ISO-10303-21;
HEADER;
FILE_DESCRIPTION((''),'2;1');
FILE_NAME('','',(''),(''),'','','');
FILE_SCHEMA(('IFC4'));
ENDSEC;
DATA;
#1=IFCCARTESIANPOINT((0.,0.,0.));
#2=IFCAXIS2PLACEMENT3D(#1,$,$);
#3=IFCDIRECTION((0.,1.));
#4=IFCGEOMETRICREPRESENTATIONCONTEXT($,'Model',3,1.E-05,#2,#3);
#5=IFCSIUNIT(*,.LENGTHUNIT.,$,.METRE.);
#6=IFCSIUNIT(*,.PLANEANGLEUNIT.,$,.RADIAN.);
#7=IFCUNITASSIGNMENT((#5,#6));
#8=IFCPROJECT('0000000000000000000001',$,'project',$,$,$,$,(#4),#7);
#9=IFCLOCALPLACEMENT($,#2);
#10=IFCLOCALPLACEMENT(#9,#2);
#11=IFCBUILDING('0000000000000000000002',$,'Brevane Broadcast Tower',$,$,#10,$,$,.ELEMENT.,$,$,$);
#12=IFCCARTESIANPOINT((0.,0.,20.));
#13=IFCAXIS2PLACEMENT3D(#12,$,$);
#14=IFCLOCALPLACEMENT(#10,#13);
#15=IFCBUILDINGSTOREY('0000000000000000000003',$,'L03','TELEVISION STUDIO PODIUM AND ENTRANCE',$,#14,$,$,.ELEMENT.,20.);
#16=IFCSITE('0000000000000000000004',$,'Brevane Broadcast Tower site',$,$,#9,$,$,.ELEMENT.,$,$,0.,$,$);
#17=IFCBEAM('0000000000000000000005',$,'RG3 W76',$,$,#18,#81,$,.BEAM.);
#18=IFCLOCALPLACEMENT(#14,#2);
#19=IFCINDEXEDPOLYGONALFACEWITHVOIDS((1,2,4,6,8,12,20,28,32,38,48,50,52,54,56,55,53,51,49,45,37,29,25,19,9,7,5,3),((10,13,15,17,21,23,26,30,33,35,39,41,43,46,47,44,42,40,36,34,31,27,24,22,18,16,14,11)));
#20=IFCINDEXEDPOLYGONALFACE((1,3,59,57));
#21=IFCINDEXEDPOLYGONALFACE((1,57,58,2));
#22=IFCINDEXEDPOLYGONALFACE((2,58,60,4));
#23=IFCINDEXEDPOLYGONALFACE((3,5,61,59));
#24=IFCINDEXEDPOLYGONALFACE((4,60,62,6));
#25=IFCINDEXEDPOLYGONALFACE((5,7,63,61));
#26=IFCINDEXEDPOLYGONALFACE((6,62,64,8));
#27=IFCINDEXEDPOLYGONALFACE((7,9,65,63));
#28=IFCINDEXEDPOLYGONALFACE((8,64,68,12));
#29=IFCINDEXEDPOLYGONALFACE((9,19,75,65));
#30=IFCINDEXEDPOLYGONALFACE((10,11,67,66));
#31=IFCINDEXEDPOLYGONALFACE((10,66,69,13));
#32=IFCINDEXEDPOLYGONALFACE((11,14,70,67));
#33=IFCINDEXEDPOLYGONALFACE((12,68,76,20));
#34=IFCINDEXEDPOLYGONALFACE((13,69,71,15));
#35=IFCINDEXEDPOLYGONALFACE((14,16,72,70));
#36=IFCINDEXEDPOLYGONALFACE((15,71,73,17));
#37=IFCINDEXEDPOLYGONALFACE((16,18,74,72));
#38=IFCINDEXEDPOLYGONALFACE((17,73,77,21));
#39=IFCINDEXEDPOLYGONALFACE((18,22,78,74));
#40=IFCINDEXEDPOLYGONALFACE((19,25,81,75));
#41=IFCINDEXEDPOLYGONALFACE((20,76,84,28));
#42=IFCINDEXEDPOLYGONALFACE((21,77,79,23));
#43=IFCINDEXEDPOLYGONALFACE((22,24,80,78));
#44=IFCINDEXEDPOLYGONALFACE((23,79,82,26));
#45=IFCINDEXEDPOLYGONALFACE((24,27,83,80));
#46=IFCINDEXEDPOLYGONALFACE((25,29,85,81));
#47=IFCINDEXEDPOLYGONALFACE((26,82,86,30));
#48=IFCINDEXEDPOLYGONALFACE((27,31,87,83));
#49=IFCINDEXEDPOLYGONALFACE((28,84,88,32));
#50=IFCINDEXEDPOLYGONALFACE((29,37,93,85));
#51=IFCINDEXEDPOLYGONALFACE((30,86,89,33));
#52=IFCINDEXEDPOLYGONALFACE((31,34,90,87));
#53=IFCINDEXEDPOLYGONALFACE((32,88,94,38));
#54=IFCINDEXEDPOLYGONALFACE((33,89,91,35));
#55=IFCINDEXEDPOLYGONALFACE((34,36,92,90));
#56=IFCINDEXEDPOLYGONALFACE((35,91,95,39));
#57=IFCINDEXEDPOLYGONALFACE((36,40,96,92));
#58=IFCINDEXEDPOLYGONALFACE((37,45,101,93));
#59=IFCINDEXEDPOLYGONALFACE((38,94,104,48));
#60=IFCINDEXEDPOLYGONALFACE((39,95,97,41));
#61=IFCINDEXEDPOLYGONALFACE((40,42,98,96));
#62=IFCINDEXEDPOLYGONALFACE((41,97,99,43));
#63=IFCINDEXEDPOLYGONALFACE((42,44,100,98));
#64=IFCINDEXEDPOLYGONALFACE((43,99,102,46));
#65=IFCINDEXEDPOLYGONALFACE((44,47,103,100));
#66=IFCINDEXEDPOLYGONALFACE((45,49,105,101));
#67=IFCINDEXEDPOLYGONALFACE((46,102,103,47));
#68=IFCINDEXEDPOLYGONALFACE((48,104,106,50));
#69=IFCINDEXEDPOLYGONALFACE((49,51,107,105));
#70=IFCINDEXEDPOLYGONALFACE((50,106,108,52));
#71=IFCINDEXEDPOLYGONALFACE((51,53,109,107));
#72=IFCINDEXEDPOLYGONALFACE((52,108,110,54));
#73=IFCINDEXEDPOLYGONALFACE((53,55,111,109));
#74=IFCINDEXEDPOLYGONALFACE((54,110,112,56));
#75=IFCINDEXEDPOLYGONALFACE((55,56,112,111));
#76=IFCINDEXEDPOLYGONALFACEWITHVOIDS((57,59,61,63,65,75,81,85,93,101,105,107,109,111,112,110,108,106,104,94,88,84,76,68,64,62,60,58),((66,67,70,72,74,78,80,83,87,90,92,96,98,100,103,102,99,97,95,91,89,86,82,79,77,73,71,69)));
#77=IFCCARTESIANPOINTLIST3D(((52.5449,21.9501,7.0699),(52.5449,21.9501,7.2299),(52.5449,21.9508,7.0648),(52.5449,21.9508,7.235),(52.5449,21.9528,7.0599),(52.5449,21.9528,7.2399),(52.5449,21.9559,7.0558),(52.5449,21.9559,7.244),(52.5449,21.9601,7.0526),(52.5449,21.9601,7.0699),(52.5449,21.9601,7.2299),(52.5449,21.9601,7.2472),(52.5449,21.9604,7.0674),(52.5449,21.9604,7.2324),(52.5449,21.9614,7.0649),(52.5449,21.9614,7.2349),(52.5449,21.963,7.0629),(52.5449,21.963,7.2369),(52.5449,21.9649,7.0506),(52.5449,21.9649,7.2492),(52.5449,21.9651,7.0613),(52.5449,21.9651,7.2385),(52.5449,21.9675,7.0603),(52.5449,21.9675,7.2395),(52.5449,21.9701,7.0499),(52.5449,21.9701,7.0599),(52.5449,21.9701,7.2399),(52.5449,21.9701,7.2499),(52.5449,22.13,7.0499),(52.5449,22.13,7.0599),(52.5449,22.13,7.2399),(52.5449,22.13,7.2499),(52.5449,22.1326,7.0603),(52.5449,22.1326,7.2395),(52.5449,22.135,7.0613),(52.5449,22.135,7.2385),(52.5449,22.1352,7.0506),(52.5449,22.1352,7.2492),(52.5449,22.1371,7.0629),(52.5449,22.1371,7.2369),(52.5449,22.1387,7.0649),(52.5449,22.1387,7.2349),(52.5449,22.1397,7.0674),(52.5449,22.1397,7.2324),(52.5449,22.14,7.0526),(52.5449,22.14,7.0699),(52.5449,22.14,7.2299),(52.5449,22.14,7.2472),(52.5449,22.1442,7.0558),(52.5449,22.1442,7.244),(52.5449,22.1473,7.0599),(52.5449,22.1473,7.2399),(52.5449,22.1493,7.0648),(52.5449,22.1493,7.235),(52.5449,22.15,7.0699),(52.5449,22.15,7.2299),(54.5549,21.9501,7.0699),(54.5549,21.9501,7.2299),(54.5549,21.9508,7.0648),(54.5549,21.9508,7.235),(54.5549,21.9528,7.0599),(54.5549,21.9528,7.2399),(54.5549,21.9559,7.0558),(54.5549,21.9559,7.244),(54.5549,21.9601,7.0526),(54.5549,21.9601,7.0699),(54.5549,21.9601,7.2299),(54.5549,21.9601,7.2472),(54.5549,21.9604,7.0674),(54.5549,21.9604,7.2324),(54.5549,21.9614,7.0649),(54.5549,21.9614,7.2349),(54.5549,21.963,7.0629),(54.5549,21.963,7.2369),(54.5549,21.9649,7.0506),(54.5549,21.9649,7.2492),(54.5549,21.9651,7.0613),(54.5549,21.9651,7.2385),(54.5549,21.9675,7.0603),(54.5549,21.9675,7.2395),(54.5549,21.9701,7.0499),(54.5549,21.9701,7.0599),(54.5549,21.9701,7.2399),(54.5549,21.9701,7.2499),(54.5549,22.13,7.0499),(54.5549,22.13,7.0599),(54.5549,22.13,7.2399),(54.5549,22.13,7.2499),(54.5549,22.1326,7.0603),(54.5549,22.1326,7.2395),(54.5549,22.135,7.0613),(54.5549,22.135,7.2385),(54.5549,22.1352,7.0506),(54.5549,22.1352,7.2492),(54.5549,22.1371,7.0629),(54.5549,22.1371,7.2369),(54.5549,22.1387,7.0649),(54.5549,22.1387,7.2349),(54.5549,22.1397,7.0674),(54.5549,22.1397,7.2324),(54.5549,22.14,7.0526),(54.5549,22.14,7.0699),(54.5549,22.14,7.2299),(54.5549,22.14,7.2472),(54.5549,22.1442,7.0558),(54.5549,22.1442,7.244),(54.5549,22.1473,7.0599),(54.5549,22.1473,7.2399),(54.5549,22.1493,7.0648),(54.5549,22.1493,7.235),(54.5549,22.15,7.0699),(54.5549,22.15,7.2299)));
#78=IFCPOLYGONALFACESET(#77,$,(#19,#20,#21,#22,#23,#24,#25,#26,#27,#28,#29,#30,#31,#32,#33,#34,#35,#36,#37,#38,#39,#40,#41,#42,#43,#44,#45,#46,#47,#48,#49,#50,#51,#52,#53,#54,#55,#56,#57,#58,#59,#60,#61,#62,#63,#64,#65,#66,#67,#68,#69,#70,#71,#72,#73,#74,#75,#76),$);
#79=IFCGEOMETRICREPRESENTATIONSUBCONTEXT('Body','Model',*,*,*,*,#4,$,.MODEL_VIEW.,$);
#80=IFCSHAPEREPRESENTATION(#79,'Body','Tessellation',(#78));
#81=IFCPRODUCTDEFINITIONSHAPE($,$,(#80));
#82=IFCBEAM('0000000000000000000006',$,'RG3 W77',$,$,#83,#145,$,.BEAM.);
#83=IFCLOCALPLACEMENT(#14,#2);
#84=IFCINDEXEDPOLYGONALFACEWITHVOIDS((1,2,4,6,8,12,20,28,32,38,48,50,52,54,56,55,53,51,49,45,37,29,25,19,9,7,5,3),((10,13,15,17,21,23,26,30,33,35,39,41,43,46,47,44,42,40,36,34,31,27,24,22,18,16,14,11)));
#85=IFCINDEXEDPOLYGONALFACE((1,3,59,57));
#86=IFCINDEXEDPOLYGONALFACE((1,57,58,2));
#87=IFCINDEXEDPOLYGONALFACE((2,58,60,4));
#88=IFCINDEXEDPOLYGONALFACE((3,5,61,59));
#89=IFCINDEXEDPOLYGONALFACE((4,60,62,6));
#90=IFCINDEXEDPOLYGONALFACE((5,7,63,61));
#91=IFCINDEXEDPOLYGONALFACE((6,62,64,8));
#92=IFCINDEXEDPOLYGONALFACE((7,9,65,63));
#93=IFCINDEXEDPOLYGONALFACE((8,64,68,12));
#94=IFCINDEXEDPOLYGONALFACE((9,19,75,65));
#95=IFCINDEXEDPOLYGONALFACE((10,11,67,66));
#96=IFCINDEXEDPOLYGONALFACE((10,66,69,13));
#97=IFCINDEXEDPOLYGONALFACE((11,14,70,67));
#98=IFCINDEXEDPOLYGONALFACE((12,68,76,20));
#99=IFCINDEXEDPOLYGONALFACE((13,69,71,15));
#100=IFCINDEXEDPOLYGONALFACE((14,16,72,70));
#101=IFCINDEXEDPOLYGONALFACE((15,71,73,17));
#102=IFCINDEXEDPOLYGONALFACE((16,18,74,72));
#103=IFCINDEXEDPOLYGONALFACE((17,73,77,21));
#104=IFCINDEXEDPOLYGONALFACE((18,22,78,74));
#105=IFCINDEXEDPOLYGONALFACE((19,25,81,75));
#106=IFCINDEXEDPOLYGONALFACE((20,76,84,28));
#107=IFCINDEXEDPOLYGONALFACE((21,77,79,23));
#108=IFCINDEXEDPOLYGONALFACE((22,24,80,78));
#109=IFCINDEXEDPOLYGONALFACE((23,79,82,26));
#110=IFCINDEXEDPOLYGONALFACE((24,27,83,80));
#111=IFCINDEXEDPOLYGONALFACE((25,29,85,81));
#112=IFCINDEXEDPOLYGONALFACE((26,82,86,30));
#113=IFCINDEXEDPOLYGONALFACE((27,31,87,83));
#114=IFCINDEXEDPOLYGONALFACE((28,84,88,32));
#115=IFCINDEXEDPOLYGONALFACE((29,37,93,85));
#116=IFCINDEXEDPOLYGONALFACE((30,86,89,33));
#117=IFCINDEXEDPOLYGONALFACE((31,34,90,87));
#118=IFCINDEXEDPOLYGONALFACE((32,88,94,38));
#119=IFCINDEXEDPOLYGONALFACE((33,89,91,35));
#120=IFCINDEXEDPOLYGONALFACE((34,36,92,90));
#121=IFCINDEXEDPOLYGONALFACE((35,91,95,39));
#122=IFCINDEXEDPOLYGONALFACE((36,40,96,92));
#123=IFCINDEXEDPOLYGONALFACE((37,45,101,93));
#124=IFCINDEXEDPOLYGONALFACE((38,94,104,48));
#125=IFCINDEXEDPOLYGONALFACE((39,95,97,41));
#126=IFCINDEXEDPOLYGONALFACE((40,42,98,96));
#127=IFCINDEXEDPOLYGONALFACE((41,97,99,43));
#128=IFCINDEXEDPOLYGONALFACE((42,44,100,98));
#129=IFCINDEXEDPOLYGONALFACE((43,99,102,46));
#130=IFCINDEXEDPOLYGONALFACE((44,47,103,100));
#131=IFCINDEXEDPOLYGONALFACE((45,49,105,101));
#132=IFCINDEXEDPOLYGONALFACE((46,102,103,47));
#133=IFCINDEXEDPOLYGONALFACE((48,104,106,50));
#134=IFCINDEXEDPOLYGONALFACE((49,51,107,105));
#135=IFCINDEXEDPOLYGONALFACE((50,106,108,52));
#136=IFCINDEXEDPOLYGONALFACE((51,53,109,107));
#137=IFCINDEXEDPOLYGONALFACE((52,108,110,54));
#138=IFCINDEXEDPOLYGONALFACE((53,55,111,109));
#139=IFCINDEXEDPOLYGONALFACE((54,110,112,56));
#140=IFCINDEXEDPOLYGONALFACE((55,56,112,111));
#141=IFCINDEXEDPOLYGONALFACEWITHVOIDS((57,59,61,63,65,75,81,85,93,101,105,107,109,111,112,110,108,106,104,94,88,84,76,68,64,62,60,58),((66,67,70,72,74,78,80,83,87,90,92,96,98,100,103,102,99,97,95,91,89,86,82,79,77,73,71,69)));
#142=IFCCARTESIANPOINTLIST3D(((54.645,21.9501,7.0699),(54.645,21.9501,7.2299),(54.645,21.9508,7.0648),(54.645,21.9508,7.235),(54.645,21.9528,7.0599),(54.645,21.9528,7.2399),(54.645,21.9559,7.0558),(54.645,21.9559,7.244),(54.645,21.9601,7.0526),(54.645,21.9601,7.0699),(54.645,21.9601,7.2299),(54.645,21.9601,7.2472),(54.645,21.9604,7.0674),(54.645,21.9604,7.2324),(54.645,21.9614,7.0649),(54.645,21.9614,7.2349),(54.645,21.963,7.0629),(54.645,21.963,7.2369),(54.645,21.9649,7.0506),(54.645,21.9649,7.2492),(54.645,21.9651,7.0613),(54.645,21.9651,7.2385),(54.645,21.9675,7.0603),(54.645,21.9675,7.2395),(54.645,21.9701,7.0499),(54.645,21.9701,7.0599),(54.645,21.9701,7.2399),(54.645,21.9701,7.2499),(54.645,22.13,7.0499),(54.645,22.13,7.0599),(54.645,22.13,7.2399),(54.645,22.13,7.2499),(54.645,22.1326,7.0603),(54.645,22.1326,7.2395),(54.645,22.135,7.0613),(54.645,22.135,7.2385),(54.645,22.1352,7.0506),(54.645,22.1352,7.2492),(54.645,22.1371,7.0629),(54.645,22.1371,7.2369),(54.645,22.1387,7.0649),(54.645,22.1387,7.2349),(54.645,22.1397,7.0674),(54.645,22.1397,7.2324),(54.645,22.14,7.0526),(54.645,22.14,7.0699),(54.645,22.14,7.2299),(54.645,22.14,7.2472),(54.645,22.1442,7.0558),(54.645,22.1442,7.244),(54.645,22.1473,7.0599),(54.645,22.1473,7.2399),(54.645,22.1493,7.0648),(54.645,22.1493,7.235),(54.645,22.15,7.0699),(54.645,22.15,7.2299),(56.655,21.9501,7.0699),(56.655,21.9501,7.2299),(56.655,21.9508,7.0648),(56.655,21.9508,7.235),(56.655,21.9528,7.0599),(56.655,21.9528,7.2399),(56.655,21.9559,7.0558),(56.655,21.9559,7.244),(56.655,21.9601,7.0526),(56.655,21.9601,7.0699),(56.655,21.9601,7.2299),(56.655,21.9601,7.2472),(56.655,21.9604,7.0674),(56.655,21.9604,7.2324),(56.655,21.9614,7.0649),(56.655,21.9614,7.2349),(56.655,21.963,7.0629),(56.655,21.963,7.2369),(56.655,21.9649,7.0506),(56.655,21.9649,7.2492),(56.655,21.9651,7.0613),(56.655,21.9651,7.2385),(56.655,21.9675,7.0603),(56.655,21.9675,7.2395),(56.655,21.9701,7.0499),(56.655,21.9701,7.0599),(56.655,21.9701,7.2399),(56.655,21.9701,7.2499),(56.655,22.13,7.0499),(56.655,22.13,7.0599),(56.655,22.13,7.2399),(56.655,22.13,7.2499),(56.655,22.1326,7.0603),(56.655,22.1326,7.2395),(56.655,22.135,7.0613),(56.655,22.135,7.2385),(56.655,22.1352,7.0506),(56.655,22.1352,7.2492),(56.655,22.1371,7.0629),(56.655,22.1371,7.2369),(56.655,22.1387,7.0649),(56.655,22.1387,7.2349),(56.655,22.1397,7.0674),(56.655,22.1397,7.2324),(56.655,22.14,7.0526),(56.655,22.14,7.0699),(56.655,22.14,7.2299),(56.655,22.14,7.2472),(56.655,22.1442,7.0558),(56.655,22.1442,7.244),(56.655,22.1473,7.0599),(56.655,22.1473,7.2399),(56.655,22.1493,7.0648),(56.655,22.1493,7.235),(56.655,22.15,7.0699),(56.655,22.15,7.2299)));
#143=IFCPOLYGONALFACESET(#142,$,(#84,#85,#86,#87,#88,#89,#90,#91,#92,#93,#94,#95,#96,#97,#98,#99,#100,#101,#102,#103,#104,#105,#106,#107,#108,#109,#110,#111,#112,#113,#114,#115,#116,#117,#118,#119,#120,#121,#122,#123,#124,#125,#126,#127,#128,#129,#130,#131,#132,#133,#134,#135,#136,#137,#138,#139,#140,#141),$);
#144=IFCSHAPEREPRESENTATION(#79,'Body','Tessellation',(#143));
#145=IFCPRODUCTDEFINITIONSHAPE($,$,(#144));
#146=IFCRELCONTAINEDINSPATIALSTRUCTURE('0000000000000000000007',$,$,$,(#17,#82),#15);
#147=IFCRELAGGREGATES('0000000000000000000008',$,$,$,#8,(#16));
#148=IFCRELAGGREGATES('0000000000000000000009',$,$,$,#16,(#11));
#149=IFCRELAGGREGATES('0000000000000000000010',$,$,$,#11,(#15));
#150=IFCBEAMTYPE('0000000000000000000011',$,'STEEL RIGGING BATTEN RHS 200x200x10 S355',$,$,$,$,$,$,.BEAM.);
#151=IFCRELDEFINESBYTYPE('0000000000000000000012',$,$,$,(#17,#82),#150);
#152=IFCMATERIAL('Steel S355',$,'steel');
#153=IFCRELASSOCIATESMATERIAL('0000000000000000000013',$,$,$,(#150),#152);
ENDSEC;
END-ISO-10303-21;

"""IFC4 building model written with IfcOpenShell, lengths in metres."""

from ifc_helpers import new_model, si_unit, direction, frame, origin, origin_2d, place, context, subcontext, project, spatial, hollow_rectangle, extrude, material, material_profile, profile_set, type_object, element, save


model = new_model("IFC4")

# Units and contexts
model_context = context("Model", 3, precision=1e-05, world=origin(), true_north=direction((0.0, 1.0)))
body_context = subcontext(model_context, "Body", "Model", "MODEL_VIEW")
ifc_project = project(units=[si_unit("LENGTHUNIT", "METRE"), si_unit("PLANEANGLEUNIT", "RADIAN")], contexts=[model_context])

# Site, building, storey
site_placement = place(None, origin())
site = spatial("IfcSite", under=ifc_project, at=site_placement, Name="Brevane Broadcast Tower site", CompositionType="ELEMENT", RefElevation=0.0)
building_placement = place(site_placement, origin())
building = spatial("IfcBuilding", under=site, at=building_placement, Name="Brevane Broadcast Tower", CompositionType="ELEMENT")
storey_placement = place(building_placement, frame((0.0, 0.0, 20.0)))
storey = spatial("IfcBuildingStorey", under=building, at=storey_placement, Name="L03", Description="TELEVISION STUDIO PODIUM AND ENTRANCE", CompositionType="ELEMENT", Elevation=20.0)

# Beams
ifc_material_1 = material(Name="Steel S355", Category="steel")
ifc_material_profile_1 = material_profile(ifc_material_1, hollow_rectangle(XDim=0.2, YDim=0.2, WallThickness=0.01, InnerFilletRadius=0.01, OuterFilletRadius=0.02, at=origin_2d()), Name="RHS 200x200x10")
ifc_profile_set_1 = profile_set([ifc_material_profile_1], Name="Steel S355")
beam_type_1 = type_object("IfcBeamType", Name="STEEL RIGGING BATTEN RHS 200x200x10 S355", PredefinedType="BEAM", material=ifc_profile_set_1)
for number, where, z_axis, x_axis, name in (
    (1, (52.5449, 22.05, 7.1499), (1.0, 0.0, 0.0), (0.0, 1.0, 0.0), "RG3 W76"),
    (2, (54.645, 22.05, 7.1499), (1.0, 0.0, 0.0), (0.0, 1.0, 0.0), "RG3 W77"),
):
    element("IfcBeam", number, at=place(storey_placement, frame(where, z_axis=z_axis, x_axis=x_axis)), inside=storey, type_object=beam_type_1, Name=name, PredefinedType="BEAM", context=body_context, shape_type="SweptSolid", body=[
        extrude(hollow_rectangle(XDim=0.2, YDim=0.2, WallThickness=0.01, InnerFilletRadius=0.01, OuterFilletRadius=0.02, at=origin_2d()), origin(), (0.0, 0.0, 1.0), 2.01),
    ])

save(model, "model.ifc")
